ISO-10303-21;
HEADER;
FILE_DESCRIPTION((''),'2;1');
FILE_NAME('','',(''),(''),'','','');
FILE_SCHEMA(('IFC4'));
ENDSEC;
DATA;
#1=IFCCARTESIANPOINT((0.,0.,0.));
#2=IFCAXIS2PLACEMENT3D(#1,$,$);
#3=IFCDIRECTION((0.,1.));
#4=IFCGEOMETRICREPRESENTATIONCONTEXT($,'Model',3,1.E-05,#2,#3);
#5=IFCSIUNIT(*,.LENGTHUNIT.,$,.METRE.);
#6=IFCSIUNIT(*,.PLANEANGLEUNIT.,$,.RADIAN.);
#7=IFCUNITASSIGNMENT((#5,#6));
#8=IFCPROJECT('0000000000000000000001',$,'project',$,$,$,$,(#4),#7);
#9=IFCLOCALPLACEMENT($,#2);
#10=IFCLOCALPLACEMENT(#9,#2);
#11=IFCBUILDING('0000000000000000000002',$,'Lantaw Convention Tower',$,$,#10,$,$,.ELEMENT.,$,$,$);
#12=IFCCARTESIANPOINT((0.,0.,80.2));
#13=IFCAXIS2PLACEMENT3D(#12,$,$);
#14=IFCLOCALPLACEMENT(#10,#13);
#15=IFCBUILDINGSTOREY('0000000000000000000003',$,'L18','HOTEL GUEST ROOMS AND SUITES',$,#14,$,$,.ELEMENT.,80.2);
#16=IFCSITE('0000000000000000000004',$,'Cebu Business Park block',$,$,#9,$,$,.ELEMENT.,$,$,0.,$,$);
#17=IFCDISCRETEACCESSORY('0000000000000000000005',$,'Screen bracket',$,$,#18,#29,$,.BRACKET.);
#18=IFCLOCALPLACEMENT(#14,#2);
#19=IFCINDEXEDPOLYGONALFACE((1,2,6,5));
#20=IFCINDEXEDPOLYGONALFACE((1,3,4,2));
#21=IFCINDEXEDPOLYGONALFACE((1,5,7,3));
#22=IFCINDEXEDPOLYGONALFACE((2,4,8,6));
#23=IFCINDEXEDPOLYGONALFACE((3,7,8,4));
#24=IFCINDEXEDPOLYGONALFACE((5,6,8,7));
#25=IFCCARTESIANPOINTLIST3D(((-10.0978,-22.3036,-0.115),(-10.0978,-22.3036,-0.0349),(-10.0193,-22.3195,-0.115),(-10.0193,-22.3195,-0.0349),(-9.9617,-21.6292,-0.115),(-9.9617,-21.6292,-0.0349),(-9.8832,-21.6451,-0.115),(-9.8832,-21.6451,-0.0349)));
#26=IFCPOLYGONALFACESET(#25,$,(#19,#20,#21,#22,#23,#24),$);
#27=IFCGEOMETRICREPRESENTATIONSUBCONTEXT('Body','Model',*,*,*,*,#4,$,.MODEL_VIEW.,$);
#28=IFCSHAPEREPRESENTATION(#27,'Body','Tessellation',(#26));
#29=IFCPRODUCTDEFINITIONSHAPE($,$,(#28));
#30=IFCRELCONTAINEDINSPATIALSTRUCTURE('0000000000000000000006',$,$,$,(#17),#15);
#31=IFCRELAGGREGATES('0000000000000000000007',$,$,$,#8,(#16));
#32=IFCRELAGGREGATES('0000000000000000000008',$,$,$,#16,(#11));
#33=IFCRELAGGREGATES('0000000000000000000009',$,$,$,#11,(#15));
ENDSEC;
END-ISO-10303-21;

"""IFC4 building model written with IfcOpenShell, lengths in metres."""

from ifc_helpers import new_model, si_unit, direction, frame, origin, origin_2d, place, context, subcontext, project, spatial, rectangle, extrude, element, save


model = new_model("IFC4")

# Units and contexts
model_context = context("Model", 3, precision=1e-05, world=origin(), true_north=direction((0.0, 1.0)))
body_context = subcontext(model_context, "Body", "Model", "MODEL_VIEW")
ifc_project = project(units=[si_unit("LENGTHUNIT", "METRE"), si_unit("PLANEANGLEUNIT", "RADIAN")], contexts=[model_context])

# Site, building, storey
site_placement = place(None, origin())
site = spatial("IfcSite", under=ifc_project, at=site_placement, Name="Cebu Business Park block", CompositionType="ELEMENT", RefElevation=0.0)
building_placement = place(site_placement, origin())
building = spatial("IfcBuilding", under=site, at=building_placement, Name="Lantaw Convention Tower", CompositionType="ELEMENT")
storey_placement = place(building_placement, frame((0.0, 0.0, 80.2)))
storey = spatial("IfcBuildingStorey", under=building, at=storey_placement, Name="L18", Description="HOTEL GUEST ROOMS AND SUITES", CompositionType="ELEMENT", Elevation=80.2)

# Discrete accessory
discrete_accessory_placement = place(storey_placement, frame((-9.9905, -21.9744, -0.115), z_axis=(0.0, 0.0, 1.0), x_axis=(0.980245, -0.197789, 0.0)))
element("IfcDiscreteAccessory", 1, at=discrete_accessory_placement, inside=storey, Name="Screen bracket", PredefinedType="BRACKET", context=body_context, shape_type="SweptSolid", body=[
    extrude(rectangle(XDim=0.0801, YDim=0.688, at=origin_2d()), origin(), (0.0, 0.0, 1.0), 0.0801),
])

save(model, "model.ifc")
